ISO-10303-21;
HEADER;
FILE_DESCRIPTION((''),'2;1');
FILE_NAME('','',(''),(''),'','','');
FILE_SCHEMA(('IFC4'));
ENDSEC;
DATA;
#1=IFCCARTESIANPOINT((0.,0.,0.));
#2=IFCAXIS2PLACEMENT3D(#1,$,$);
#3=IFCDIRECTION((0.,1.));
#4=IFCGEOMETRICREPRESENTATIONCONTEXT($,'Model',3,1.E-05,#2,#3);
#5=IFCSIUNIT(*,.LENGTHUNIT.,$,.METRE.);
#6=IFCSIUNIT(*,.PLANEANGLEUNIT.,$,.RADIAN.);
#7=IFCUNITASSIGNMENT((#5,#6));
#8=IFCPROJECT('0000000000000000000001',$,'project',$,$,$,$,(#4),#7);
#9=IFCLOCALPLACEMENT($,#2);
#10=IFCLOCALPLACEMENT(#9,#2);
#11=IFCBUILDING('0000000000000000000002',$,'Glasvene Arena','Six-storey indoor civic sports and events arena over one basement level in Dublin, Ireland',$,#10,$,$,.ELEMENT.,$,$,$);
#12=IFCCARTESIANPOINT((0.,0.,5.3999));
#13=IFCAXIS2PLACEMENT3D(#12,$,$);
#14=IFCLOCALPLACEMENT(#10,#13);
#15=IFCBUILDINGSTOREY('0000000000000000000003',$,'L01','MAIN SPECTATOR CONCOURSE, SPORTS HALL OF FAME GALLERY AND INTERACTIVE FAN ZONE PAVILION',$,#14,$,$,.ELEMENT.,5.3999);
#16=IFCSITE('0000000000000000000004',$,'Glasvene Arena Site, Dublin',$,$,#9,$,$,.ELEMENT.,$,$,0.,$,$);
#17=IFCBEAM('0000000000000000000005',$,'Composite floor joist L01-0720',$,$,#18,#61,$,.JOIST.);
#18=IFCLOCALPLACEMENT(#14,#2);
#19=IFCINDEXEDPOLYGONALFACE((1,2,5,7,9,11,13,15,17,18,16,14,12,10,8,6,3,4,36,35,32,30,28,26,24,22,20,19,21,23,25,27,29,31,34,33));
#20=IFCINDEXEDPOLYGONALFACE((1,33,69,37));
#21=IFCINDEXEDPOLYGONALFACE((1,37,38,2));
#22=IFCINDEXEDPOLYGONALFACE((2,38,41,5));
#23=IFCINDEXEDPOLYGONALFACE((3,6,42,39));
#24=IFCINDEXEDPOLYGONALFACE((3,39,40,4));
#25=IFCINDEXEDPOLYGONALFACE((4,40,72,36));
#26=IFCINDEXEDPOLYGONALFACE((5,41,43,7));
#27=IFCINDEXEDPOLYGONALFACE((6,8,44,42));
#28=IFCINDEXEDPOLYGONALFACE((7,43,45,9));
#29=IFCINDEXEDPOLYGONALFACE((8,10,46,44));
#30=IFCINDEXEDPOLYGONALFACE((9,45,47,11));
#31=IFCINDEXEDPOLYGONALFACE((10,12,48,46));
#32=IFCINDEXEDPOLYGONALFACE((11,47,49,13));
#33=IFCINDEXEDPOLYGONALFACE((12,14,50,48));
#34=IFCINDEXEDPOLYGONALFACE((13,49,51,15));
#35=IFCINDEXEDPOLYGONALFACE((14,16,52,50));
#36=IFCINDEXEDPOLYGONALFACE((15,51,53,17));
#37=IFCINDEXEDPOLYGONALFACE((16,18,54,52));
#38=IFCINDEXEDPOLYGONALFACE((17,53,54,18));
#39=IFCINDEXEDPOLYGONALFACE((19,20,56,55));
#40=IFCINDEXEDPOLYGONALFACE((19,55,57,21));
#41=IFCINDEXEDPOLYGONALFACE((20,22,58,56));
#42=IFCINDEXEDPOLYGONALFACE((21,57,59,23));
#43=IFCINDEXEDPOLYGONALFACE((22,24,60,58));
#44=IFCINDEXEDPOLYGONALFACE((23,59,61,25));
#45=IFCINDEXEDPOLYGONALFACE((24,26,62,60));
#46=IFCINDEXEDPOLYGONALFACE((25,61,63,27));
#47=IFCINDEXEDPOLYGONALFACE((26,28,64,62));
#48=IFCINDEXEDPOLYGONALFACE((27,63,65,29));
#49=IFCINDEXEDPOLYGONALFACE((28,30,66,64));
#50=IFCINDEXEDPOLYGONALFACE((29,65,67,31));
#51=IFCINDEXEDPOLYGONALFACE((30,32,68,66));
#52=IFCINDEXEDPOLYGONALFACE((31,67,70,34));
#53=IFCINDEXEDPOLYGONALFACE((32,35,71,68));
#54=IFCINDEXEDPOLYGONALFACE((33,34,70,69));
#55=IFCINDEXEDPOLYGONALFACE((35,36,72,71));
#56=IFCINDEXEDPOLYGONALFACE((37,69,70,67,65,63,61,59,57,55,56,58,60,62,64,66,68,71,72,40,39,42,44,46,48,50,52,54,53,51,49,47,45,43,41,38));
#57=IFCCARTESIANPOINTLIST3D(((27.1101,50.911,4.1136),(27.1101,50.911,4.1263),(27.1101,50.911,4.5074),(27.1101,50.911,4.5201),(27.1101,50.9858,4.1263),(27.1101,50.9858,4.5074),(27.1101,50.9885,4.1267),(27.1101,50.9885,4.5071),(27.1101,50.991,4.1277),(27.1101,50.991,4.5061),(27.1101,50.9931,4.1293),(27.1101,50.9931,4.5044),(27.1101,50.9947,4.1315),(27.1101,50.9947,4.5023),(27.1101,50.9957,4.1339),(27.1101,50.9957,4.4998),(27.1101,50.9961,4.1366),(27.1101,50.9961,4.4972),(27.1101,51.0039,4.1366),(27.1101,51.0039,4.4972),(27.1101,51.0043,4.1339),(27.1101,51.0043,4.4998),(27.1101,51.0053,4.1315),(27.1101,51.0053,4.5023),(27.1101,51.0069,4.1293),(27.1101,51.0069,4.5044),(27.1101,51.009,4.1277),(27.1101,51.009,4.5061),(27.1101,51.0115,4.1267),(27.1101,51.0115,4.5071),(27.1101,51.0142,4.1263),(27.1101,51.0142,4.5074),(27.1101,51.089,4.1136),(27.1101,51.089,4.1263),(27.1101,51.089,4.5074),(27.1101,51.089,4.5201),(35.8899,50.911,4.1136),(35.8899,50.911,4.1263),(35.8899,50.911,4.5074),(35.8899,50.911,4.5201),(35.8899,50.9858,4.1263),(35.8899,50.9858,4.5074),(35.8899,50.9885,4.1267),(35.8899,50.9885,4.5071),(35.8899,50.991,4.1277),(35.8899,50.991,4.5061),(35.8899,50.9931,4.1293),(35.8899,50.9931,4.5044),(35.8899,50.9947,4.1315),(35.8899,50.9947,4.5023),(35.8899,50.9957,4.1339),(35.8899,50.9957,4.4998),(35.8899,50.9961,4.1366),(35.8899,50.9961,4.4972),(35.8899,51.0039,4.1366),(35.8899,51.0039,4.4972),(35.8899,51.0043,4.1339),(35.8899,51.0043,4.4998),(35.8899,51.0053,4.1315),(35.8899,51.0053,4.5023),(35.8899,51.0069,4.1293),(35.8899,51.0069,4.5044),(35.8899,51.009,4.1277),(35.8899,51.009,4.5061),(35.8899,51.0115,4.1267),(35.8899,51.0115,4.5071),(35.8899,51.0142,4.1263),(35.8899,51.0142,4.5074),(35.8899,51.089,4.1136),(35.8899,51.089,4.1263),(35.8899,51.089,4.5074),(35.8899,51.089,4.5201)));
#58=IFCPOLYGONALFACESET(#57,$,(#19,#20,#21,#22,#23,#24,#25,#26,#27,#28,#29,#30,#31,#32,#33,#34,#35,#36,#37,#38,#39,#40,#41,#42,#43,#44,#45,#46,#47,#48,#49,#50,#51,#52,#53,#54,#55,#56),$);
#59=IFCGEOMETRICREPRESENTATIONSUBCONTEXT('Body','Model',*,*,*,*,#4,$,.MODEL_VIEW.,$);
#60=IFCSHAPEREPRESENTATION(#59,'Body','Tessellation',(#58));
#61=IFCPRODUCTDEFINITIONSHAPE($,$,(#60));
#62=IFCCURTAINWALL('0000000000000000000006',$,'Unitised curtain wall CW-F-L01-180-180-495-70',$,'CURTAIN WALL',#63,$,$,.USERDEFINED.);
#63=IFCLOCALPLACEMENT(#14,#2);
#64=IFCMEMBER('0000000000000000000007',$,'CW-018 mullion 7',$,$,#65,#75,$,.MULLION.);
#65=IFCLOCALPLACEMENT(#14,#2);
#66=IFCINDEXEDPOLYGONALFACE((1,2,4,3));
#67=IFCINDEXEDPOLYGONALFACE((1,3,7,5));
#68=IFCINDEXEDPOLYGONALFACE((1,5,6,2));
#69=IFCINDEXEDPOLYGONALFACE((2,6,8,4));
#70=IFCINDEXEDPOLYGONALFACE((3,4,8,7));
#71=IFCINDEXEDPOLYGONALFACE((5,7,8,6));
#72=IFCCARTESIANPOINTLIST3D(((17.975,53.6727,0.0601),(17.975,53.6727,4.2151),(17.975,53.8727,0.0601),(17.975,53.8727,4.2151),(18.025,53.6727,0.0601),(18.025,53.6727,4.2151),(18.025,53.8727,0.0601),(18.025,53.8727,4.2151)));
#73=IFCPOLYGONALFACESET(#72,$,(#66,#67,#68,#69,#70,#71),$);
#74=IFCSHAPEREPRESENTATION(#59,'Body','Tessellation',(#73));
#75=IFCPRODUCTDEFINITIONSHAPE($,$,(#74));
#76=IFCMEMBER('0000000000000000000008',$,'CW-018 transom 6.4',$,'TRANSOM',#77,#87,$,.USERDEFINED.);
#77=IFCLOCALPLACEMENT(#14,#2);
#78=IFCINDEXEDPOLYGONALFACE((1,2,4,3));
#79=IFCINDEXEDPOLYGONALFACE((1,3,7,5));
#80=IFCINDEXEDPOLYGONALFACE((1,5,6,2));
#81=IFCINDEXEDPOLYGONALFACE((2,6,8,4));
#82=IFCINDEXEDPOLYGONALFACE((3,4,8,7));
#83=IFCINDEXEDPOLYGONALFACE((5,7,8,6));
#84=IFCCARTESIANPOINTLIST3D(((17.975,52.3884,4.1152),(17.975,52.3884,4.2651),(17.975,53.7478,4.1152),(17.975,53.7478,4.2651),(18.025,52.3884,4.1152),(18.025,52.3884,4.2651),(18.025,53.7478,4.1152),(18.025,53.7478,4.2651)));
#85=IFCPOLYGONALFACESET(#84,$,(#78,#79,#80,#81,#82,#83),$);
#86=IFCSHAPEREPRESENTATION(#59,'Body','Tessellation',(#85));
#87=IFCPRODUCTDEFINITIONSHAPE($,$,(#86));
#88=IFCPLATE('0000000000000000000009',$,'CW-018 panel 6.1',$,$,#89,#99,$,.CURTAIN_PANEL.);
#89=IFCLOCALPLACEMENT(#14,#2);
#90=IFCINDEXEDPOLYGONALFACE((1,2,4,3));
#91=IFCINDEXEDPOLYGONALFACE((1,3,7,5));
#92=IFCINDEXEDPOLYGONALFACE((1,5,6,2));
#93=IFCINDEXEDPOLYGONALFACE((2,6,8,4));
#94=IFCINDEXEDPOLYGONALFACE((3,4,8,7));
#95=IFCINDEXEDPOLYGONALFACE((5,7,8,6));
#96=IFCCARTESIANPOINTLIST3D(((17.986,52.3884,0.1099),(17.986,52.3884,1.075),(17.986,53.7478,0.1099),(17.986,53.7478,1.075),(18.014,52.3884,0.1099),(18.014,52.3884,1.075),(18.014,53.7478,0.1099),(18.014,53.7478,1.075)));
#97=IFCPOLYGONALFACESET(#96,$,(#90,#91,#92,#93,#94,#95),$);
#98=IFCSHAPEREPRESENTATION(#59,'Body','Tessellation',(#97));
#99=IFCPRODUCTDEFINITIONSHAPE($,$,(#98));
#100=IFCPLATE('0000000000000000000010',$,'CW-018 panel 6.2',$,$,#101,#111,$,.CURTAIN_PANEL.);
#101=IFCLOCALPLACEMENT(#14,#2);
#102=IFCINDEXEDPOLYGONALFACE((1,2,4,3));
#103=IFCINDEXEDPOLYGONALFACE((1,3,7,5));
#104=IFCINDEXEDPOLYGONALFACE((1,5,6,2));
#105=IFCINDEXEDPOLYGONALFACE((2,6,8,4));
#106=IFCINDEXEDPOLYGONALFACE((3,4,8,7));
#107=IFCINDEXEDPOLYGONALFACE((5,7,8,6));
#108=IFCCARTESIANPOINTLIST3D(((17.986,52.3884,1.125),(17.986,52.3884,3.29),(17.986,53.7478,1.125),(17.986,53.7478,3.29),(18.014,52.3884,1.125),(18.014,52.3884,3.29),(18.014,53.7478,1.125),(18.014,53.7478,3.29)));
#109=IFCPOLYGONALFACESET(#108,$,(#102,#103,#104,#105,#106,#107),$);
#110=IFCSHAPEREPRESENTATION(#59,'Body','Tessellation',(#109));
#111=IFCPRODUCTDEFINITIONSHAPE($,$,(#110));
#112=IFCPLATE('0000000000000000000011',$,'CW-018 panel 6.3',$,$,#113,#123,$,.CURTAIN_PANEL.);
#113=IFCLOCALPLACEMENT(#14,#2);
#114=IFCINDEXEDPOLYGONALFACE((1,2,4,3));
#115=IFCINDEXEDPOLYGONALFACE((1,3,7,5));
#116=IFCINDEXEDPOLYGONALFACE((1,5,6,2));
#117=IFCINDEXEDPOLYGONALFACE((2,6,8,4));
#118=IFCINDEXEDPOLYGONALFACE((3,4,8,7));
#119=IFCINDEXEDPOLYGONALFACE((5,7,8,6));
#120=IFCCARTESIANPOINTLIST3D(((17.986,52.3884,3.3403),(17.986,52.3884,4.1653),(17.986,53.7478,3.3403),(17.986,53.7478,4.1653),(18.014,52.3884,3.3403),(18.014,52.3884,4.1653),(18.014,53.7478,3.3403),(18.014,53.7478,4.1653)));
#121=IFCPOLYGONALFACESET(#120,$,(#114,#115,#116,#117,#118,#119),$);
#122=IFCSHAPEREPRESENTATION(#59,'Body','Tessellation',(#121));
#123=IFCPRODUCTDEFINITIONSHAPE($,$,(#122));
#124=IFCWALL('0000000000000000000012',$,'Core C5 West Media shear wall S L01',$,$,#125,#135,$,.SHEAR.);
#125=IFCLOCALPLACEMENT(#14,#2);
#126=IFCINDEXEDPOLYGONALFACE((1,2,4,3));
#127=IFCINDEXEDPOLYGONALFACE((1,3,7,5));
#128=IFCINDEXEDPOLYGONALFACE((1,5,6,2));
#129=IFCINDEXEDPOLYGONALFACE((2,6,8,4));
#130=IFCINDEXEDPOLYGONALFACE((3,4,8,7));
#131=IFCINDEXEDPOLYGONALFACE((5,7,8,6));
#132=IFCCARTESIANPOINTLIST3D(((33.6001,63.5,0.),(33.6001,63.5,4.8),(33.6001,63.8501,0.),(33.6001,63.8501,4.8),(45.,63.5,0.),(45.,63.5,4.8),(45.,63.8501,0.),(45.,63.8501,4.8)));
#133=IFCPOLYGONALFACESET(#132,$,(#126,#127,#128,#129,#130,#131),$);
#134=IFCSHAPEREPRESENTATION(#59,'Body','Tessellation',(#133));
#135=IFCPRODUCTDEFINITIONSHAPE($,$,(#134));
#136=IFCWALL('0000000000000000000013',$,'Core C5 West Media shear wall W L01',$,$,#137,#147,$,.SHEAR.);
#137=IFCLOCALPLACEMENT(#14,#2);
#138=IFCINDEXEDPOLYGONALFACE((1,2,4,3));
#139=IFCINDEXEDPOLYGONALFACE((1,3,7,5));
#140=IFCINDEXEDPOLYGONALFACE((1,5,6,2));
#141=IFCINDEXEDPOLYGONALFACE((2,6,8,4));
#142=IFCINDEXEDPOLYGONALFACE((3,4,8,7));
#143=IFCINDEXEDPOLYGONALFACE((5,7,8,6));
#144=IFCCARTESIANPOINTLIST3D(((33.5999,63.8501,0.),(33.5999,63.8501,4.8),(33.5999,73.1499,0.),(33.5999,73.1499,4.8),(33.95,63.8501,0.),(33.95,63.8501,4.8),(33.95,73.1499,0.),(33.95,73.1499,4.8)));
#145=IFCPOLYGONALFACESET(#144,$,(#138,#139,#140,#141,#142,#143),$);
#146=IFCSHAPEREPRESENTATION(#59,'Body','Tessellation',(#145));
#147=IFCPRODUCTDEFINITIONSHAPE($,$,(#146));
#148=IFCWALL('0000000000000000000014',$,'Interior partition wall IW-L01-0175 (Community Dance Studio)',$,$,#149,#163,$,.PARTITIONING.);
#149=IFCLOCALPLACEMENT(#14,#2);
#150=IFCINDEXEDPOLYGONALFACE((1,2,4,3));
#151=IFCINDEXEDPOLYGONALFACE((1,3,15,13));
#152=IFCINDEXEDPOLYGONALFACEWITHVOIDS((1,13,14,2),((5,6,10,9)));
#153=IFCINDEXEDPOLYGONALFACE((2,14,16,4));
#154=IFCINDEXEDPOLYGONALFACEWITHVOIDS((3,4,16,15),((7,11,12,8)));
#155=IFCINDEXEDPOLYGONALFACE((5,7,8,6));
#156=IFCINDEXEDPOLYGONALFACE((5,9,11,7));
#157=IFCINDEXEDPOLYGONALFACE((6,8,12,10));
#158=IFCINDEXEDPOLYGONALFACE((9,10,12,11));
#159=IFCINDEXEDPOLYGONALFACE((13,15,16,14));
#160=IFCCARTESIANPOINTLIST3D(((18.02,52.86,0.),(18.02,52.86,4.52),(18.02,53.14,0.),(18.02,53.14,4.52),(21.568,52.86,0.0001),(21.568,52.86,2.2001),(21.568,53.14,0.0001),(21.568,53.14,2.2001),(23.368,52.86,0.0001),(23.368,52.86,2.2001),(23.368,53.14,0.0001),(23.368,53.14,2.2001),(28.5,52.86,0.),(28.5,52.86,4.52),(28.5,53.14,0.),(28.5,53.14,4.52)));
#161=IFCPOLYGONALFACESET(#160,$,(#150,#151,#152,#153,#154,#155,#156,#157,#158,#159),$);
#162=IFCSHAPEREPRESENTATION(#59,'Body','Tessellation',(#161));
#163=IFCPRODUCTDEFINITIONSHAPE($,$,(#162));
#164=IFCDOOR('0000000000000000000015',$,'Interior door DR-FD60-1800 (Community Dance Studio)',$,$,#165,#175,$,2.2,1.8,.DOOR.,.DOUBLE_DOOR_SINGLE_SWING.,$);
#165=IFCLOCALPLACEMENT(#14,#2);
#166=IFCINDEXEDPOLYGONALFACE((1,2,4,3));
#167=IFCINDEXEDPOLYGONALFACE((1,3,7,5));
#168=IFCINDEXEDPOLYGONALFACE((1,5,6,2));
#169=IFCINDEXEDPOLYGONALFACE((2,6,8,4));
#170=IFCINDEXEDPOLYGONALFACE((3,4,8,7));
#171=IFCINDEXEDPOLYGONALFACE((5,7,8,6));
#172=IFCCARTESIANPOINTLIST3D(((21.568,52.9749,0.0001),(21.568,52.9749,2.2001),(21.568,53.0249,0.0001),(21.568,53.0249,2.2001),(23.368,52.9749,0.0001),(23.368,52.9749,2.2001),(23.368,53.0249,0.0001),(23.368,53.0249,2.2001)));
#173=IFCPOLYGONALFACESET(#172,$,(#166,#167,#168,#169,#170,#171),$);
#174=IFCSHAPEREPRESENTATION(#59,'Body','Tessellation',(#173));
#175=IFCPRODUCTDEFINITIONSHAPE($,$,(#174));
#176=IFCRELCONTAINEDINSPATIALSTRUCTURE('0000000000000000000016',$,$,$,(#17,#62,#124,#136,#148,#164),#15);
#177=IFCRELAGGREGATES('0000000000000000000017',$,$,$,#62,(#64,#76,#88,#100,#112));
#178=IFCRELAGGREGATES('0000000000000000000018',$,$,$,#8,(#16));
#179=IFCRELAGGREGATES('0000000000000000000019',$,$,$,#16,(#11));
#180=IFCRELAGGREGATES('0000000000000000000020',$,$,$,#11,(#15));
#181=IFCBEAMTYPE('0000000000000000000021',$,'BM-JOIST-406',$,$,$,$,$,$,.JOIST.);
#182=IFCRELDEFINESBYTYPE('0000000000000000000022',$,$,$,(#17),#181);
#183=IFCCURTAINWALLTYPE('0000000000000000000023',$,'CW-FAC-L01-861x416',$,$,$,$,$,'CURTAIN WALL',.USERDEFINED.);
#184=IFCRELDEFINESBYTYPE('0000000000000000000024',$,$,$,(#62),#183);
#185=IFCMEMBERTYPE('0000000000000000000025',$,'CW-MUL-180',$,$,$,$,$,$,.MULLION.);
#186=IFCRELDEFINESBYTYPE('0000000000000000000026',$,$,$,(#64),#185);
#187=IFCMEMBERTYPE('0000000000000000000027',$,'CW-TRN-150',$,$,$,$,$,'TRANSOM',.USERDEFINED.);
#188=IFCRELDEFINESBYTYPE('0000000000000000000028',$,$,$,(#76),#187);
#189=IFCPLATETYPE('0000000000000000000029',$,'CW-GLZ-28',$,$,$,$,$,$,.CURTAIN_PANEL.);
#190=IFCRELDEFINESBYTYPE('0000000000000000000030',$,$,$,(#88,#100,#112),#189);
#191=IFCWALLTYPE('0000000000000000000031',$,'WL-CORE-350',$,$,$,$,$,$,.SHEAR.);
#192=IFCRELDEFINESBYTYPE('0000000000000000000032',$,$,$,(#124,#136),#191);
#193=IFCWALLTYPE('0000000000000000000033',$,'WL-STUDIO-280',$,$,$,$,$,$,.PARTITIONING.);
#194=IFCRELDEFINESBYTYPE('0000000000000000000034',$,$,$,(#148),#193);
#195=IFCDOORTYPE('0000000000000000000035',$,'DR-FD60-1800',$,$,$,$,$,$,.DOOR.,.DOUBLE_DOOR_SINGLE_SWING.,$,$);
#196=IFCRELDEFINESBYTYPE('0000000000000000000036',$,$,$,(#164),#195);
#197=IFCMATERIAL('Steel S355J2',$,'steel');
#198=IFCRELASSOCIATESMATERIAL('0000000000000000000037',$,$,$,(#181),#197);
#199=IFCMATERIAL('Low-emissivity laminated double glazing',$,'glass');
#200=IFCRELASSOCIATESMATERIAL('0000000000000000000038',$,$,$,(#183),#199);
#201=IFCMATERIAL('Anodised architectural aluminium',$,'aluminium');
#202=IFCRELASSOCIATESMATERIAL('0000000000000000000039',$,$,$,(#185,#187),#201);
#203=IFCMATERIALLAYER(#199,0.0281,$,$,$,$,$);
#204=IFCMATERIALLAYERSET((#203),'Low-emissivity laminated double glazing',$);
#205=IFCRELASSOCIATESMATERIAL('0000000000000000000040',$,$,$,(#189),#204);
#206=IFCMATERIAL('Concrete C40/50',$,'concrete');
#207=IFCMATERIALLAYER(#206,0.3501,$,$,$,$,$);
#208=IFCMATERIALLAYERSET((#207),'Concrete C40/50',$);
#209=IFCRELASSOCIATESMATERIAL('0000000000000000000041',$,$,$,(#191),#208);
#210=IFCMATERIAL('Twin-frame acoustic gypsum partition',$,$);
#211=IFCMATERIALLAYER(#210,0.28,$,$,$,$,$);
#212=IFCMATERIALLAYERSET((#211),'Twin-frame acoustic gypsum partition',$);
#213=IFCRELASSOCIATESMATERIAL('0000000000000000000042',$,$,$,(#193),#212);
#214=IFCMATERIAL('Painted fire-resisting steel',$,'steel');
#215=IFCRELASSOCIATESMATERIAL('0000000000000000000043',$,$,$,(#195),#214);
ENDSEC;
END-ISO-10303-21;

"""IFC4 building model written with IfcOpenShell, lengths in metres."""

from ifc_helpers import new_model, si_unit, direction, frame, frame_2d, origin, origin_2d, place, context, subcontext, project, spatial, rectangle, i_section, extrude, material, layer, layer_set, material_profile, profile_set, type_object, element, fill, aggregate, save


model = new_model("IFC4")

# Units and contexts
model_context = context("Model", 3, precision=1e-05, world=origin(), true_north=direction((0.0, 1.0)))
body_context = subcontext(model_context, "Body", "Model", "MODEL_VIEW")
ifc_project = project(units=[si_unit("LENGTHUNIT", "METRE"), si_unit("PLANEANGLEUNIT", "RADIAN")], contexts=[model_context])

# Site, building, storey
site_placement = place(None, origin())
site = spatial("IfcSite", under=ifc_project, at=site_placement, Name="Glasvene Arena Site, Dublin", CompositionType="ELEMENT", RefElevation=0.0)
building_placement = place(site_placement, origin())
building = spatial("IfcBuilding", under=site, at=building_placement, Name="Glasvene Arena", Description="Six-storey indoor civic sports and events arena over one basement level in Dublin, Ireland", CompositionType="ELEMENT")
storey_placement = place(building_placement, frame((0.0, 0.0, 5.3999)))
storey = spatial("IfcBuildingStorey", under=building, at=storey_placement, Name="L01", Description="MAIN SPECTATOR CONCOURSE, SPORTS HALL OF FAME GALLERY AND INTERACTIVE FAN ZONE PAVILION", CompositionType="ELEMENT", Elevation=5.3999)

# Shared definitions
ifc_material_1 = material(Name="Steel S355J2", Category="steel")

# Beam
ifc_material_profile_1 = material_profile(ifc_material_1, i_section(OverallWidth=0.178, OverallDepth=0.4065, WebThickness=0.0078, FlangeThickness=0.0127, FilletRadius=0.0103, at=origin_2d()), Name="UKB 406x178x60")
ifc_profile_set_1 = profile_set([ifc_material_profile_1], Name="Steel S355J2")
beam_type_1 = type_object("IfcBeamType", Name="BM-JOIST-406", PredefinedType="JOIST", material=ifc_profile_set_1)
for number, where, z_axis, x_axis, name in (
    (1, (27.1101, 51.0, 4.3169), (1.0, 0.0, 0.0), (0.0, 1.0, 0.0), "Composite floor joist L01-0720"),
):
    element("IfcBeam", number, at=place(storey_placement, frame(where, z_axis=z_axis, x_axis=x_axis)), inside=storey, type_object=beam_type_1, Name=name, PredefinedType="JOIST", context=body_context, shape_type="SweptSolid", body=[
        extrude(i_section(OverallWidth=0.178, OverallDepth=0.4065, WebThickness=0.0078, FlangeThickness=0.0127, FilletRadius=0.0103, at=origin_2d()), origin(), (0.0, 0.0, 1.0), 8.7798),
    ])

# Curtain wall, members, plates
ifc_material_2 = material(Name="Low-emissivity laminated double glazing", Category="glass")
curtain_wall_type = type_object("IfcCurtainWallType", Name="CW-FAC-L01-861x416", ElementType="CURTAIN WALL", PredefinedType="USERDEFINED", material=ifc_material_2)
curtain_wall_placement = place(storey_placement, frame((18.0, 45.1919, 0.0)))
curtain_wall = element("IfcCurtainWall", 2, at=curtain_wall_placement, inside=storey, type_object=curtain_wall_type, Name="Unitised curtain wall CW-F-L01-180-180-495-70", ObjectType="CURTAIN WALL", PredefinedType="USERDEFINED")
ifc_material_3 = material(Name="Anodised architectural aluminium", Category="aluminium")
ifc_material_profile_2 = material_profile(ifc_material_3, rectangle(XDim=0.05, YDim=0.2, at=origin_2d()), Name="ALU MULLION 50x200")
ifc_profile_set_2 = profile_set([ifc_material_profile_2], Name="Anodised architectural aluminium")
member_type_1 = type_object("IfcMemberType", Name="CW-MUL-180", PredefinedType="MULLION", material=ifc_profile_set_2)
member_1_placement = place(storey_placement, frame((18.0, 53.7727, 0.0601), z_axis=(0.0, 0.0, 1.0), x_axis=(-1.0, 0.0, 0.0)))
member_1 = element("IfcMember", 3, at=member_1_placement, type_object=member_type_1, Name="CW-018 mullion 7", PredefinedType="MULLION", context=body_context, shape_type="SweptSolid", body=[
    extrude(rectangle(XDim=0.05, YDim=0.2, at=origin_2d()), origin(), (0.0, 0.0, 1.0), 4.155),
])
ifc_material_profile_3 = material_profile(ifc_material_3, rectangle(XDim=0.05, YDim=0.1499, at=origin_2d()), Name="ALU TRANSOM 50x150")
ifc_profile_set_3 = profile_set([ifc_material_profile_3], Name="Anodised architectural aluminium")
member_type_2 = type_object("IfcMemberType", Name="CW-TRN-150", ElementType="TRANSOM", PredefinedType="USERDEFINED", material=ifc_profile_set_3)
member_2_placement = place(storey_placement, frame((18.0, 52.3884, 4.1902), z_axis=(0.0, 1.0, 0.0), x_axis=(-1.0, 0.0, 0.0)))
member_2 = element("IfcMember", 4, at=member_2_placement, type_object=member_type_2, Name="CW-018 transom 6.4", ObjectType="TRANSOM", PredefinedType="USERDEFINED", context=body_context, shape_type="SweptSolid", body=[
    extrude(rectangle(XDim=0.05, YDim=0.1499, at=origin_2d()), origin(), (0.0, 0.0, 1.0), 1.3594),
])
ifc_layer_1 = layer(ifc_material_2, 0.0281)
ifc_layer_set_1 = layer_set([ifc_layer_1], Name="Low-emissivity laminated double glazing")
plate_type = type_object("IfcPlateType", Name="CW-GLZ-28", PredefinedType="CURTAIN_PANEL", material=ifc_layer_set_1)
plate_1_placement = place(storey_placement, frame((18.0, 53.0681, 0.1099), z_axis=(0.0, 0.0, 1.0), x_axis=(0.0, 1.0, 0.0)))
plate_1 = element("IfcPlate", 5, at=plate_1_placement, type_object=plate_type, Name="CW-018 panel 6.1", PredefinedType="CURTAIN_PANEL", context=body_context, shape_type="SweptSolid", body=[
    extrude(rectangle(XDim=1.3594, YDim=0.0281, at=origin_2d()), origin(), (0.0, 0.0, 1.0), 0.9651),
])
plate_2_placement = place(storey_placement, frame((18.0, 53.0681, 1.125), z_axis=(0.0, 0.0, 1.0), x_axis=(0.0, 1.0, 0.0)))
plate_2 = element("IfcPlate", 6, at=plate_2_placement, type_object=plate_type, Name="CW-018 panel 6.2", PredefinedType="CURTAIN_PANEL", context=body_context, shape_type="SweptSolid", body=[
    extrude(rectangle(XDim=1.3594, YDim=0.0281, at=origin_2d()), origin(), (0.0, 0.0, 1.0), 2.165),
])
plate_3_placement = place(storey_placement, frame((18.0, 53.0681, 3.3403), z_axis=(0.0, 0.0, 1.0), x_axis=(0.0, 1.0, 0.0)))
plate_3 = element("IfcPlate", 7, at=plate_3_placement, type_object=plate_type, Name="CW-018 panel 6.3", PredefinedType="CURTAIN_PANEL", context=body_context, shape_type="SweptSolid", body=[
    extrude(rectangle(XDim=1.3594, YDim=0.0281, at=origin_2d()), origin(), (0.0, 0.0, 1.0), 0.825),
])
aggregate(curtain_wall, [member_1, member_2, plate_1, plate_2, plate_3])

# Walls
ifc_material_4 = material(Name="Concrete C40/50", Category="concrete")
ifc_layer_2 = layer(ifc_material_4, 0.3501)
ifc_layer_set_2 = layer_set([ifc_layer_2], Name="Concrete C40/50")
wall_type_1 = type_object("IfcWallType", Name="WL-CORE-350", PredefinedType="SHEAR", material=ifc_layer_set_2)
wall_1_placement = place(storey_placement, frame((33.6001, 63.675, 0.0), z_axis=(0.0, 0.0, 1.0), x_axis=(1.0, 0.0, 0.0)))
element("IfcWall", 8, at=wall_1_placement, inside=storey, type_object=wall_type_1, Name="Core C5 West Media shear wall S L01", PredefinedType="SHEAR", context=body_context, shape_type="SweptSolid", body=[
    extrude(rectangle(XDim=11.3999, YDim=0.3501, at=frame_2d((5.7, 0.0))), origin(), (0.0, 0.0, 1.0), 4.8),
])
wall_2_placement = place(storey_placement, frame((33.7749, 63.8501, 0.0), z_axis=(0.0, 0.0, 1.0), x_axis=(0.0, 1.0, 0.0)))
element("IfcWall", 9, at=wall_2_placement, inside=storey, type_object=wall_type_1, Name="Core C5 West Media shear wall W L01", PredefinedType="SHEAR", context=body_context, shape_type="SweptSolid", body=[
    extrude(rectangle(XDim=9.2998, YDim=0.3501, at=frame_2d((4.6499, 0.0))), origin(), (0.0, 0.0, 1.0), 4.8),
])

# Wall, opening, door
ifc_material_5 = material(Name="Twin-frame acoustic gypsum partition")
ifc_layer_3 = layer(ifc_material_5, 0.28)
ifc_layer_set_3 = layer_set([ifc_layer_3], Name="Twin-frame acoustic gypsum partition")
wall_type_2 = type_object("IfcWallType", Name="WL-STUDIO-280", PredefinedType="PARTITIONING", material=ifc_layer_set_3)
wall_3_placement = place(storey_placement, frame((18.02, 53.0, 0.0), z_axis=(0.0, 0.0, 1.0), x_axis=(1.0, 0.0, 0.0)))
wall_3 = element("IfcWall", 10, at=wall_3_placement, inside=storey, type_object=wall_type_2, Name="Interior partition wall IW-L01-0175 (Community Dance Studio)", PredefinedType="PARTITIONING", context=body_context, shape_type="SweptSolid", body=[
    extrude(rectangle(XDim=10.48, YDim=0.28, at=frame_2d((5.24, 0.0))), origin(), (0.0, 0.0, 1.0), 4.52),
])
opening_1_placement = place(wall_3_placement, frame((3.5481, 0.0, 0.0)))
opening_1 = element("IfcOpeningElement", 11, at=opening_1_placement, cuts=wall_3, PredefinedType="OPENING", context=body_context, shape_type="SweptSolid", body=[
    extrude(rectangle(XDim=1.8, YDim=2.2, at=frame_2d((0.8999, 1.1001))), frame((0.0, 0.1499, 0.0), z_axis=(0.0, -1.0, 0.0), x_axis=(1.0, 0.0, 0.0)), (0.0, 0.0, 1.0), 0.3),
])
ifc_material_6 = material(Name="Painted fire-resisting steel", Category="steel")
door_type_1 = type_object("IfcDoorType", Name="DR-FD60-1800", OperationType="DOUBLE_DOOR_SINGLE_SWING", PredefinedType="DOOR", material=ifc_material_6)
door_1_placement = place(opening_1_placement, origin())
door_1 = element("IfcDoor", 12, at=door_1_placement, inside=storey, type_object=door_type_1, Name="Interior door DR-FD60-1800 (Community Dance Studio)", OperationType="DOUBLE_DOOR_SINGLE_SWING", OverallHeight=2.2, OverallWidth=1.8, PredefinedType="DOOR", context=body_context, shape_type="SweptSolid", body=[
    extrude(rectangle(XDim=1.8, YDim=2.2, at=frame_2d((0.8999, 1.1001))), frame((0.0, 0.0249, 0.0), z_axis=(0.0, -1.0, 0.0), x_axis=(1.0, 0.0, 0.0)), (0.0, 0.0, 1.0), 0.05),
])
fill(opening_1, door_1)

save(model, "model.ifc")
